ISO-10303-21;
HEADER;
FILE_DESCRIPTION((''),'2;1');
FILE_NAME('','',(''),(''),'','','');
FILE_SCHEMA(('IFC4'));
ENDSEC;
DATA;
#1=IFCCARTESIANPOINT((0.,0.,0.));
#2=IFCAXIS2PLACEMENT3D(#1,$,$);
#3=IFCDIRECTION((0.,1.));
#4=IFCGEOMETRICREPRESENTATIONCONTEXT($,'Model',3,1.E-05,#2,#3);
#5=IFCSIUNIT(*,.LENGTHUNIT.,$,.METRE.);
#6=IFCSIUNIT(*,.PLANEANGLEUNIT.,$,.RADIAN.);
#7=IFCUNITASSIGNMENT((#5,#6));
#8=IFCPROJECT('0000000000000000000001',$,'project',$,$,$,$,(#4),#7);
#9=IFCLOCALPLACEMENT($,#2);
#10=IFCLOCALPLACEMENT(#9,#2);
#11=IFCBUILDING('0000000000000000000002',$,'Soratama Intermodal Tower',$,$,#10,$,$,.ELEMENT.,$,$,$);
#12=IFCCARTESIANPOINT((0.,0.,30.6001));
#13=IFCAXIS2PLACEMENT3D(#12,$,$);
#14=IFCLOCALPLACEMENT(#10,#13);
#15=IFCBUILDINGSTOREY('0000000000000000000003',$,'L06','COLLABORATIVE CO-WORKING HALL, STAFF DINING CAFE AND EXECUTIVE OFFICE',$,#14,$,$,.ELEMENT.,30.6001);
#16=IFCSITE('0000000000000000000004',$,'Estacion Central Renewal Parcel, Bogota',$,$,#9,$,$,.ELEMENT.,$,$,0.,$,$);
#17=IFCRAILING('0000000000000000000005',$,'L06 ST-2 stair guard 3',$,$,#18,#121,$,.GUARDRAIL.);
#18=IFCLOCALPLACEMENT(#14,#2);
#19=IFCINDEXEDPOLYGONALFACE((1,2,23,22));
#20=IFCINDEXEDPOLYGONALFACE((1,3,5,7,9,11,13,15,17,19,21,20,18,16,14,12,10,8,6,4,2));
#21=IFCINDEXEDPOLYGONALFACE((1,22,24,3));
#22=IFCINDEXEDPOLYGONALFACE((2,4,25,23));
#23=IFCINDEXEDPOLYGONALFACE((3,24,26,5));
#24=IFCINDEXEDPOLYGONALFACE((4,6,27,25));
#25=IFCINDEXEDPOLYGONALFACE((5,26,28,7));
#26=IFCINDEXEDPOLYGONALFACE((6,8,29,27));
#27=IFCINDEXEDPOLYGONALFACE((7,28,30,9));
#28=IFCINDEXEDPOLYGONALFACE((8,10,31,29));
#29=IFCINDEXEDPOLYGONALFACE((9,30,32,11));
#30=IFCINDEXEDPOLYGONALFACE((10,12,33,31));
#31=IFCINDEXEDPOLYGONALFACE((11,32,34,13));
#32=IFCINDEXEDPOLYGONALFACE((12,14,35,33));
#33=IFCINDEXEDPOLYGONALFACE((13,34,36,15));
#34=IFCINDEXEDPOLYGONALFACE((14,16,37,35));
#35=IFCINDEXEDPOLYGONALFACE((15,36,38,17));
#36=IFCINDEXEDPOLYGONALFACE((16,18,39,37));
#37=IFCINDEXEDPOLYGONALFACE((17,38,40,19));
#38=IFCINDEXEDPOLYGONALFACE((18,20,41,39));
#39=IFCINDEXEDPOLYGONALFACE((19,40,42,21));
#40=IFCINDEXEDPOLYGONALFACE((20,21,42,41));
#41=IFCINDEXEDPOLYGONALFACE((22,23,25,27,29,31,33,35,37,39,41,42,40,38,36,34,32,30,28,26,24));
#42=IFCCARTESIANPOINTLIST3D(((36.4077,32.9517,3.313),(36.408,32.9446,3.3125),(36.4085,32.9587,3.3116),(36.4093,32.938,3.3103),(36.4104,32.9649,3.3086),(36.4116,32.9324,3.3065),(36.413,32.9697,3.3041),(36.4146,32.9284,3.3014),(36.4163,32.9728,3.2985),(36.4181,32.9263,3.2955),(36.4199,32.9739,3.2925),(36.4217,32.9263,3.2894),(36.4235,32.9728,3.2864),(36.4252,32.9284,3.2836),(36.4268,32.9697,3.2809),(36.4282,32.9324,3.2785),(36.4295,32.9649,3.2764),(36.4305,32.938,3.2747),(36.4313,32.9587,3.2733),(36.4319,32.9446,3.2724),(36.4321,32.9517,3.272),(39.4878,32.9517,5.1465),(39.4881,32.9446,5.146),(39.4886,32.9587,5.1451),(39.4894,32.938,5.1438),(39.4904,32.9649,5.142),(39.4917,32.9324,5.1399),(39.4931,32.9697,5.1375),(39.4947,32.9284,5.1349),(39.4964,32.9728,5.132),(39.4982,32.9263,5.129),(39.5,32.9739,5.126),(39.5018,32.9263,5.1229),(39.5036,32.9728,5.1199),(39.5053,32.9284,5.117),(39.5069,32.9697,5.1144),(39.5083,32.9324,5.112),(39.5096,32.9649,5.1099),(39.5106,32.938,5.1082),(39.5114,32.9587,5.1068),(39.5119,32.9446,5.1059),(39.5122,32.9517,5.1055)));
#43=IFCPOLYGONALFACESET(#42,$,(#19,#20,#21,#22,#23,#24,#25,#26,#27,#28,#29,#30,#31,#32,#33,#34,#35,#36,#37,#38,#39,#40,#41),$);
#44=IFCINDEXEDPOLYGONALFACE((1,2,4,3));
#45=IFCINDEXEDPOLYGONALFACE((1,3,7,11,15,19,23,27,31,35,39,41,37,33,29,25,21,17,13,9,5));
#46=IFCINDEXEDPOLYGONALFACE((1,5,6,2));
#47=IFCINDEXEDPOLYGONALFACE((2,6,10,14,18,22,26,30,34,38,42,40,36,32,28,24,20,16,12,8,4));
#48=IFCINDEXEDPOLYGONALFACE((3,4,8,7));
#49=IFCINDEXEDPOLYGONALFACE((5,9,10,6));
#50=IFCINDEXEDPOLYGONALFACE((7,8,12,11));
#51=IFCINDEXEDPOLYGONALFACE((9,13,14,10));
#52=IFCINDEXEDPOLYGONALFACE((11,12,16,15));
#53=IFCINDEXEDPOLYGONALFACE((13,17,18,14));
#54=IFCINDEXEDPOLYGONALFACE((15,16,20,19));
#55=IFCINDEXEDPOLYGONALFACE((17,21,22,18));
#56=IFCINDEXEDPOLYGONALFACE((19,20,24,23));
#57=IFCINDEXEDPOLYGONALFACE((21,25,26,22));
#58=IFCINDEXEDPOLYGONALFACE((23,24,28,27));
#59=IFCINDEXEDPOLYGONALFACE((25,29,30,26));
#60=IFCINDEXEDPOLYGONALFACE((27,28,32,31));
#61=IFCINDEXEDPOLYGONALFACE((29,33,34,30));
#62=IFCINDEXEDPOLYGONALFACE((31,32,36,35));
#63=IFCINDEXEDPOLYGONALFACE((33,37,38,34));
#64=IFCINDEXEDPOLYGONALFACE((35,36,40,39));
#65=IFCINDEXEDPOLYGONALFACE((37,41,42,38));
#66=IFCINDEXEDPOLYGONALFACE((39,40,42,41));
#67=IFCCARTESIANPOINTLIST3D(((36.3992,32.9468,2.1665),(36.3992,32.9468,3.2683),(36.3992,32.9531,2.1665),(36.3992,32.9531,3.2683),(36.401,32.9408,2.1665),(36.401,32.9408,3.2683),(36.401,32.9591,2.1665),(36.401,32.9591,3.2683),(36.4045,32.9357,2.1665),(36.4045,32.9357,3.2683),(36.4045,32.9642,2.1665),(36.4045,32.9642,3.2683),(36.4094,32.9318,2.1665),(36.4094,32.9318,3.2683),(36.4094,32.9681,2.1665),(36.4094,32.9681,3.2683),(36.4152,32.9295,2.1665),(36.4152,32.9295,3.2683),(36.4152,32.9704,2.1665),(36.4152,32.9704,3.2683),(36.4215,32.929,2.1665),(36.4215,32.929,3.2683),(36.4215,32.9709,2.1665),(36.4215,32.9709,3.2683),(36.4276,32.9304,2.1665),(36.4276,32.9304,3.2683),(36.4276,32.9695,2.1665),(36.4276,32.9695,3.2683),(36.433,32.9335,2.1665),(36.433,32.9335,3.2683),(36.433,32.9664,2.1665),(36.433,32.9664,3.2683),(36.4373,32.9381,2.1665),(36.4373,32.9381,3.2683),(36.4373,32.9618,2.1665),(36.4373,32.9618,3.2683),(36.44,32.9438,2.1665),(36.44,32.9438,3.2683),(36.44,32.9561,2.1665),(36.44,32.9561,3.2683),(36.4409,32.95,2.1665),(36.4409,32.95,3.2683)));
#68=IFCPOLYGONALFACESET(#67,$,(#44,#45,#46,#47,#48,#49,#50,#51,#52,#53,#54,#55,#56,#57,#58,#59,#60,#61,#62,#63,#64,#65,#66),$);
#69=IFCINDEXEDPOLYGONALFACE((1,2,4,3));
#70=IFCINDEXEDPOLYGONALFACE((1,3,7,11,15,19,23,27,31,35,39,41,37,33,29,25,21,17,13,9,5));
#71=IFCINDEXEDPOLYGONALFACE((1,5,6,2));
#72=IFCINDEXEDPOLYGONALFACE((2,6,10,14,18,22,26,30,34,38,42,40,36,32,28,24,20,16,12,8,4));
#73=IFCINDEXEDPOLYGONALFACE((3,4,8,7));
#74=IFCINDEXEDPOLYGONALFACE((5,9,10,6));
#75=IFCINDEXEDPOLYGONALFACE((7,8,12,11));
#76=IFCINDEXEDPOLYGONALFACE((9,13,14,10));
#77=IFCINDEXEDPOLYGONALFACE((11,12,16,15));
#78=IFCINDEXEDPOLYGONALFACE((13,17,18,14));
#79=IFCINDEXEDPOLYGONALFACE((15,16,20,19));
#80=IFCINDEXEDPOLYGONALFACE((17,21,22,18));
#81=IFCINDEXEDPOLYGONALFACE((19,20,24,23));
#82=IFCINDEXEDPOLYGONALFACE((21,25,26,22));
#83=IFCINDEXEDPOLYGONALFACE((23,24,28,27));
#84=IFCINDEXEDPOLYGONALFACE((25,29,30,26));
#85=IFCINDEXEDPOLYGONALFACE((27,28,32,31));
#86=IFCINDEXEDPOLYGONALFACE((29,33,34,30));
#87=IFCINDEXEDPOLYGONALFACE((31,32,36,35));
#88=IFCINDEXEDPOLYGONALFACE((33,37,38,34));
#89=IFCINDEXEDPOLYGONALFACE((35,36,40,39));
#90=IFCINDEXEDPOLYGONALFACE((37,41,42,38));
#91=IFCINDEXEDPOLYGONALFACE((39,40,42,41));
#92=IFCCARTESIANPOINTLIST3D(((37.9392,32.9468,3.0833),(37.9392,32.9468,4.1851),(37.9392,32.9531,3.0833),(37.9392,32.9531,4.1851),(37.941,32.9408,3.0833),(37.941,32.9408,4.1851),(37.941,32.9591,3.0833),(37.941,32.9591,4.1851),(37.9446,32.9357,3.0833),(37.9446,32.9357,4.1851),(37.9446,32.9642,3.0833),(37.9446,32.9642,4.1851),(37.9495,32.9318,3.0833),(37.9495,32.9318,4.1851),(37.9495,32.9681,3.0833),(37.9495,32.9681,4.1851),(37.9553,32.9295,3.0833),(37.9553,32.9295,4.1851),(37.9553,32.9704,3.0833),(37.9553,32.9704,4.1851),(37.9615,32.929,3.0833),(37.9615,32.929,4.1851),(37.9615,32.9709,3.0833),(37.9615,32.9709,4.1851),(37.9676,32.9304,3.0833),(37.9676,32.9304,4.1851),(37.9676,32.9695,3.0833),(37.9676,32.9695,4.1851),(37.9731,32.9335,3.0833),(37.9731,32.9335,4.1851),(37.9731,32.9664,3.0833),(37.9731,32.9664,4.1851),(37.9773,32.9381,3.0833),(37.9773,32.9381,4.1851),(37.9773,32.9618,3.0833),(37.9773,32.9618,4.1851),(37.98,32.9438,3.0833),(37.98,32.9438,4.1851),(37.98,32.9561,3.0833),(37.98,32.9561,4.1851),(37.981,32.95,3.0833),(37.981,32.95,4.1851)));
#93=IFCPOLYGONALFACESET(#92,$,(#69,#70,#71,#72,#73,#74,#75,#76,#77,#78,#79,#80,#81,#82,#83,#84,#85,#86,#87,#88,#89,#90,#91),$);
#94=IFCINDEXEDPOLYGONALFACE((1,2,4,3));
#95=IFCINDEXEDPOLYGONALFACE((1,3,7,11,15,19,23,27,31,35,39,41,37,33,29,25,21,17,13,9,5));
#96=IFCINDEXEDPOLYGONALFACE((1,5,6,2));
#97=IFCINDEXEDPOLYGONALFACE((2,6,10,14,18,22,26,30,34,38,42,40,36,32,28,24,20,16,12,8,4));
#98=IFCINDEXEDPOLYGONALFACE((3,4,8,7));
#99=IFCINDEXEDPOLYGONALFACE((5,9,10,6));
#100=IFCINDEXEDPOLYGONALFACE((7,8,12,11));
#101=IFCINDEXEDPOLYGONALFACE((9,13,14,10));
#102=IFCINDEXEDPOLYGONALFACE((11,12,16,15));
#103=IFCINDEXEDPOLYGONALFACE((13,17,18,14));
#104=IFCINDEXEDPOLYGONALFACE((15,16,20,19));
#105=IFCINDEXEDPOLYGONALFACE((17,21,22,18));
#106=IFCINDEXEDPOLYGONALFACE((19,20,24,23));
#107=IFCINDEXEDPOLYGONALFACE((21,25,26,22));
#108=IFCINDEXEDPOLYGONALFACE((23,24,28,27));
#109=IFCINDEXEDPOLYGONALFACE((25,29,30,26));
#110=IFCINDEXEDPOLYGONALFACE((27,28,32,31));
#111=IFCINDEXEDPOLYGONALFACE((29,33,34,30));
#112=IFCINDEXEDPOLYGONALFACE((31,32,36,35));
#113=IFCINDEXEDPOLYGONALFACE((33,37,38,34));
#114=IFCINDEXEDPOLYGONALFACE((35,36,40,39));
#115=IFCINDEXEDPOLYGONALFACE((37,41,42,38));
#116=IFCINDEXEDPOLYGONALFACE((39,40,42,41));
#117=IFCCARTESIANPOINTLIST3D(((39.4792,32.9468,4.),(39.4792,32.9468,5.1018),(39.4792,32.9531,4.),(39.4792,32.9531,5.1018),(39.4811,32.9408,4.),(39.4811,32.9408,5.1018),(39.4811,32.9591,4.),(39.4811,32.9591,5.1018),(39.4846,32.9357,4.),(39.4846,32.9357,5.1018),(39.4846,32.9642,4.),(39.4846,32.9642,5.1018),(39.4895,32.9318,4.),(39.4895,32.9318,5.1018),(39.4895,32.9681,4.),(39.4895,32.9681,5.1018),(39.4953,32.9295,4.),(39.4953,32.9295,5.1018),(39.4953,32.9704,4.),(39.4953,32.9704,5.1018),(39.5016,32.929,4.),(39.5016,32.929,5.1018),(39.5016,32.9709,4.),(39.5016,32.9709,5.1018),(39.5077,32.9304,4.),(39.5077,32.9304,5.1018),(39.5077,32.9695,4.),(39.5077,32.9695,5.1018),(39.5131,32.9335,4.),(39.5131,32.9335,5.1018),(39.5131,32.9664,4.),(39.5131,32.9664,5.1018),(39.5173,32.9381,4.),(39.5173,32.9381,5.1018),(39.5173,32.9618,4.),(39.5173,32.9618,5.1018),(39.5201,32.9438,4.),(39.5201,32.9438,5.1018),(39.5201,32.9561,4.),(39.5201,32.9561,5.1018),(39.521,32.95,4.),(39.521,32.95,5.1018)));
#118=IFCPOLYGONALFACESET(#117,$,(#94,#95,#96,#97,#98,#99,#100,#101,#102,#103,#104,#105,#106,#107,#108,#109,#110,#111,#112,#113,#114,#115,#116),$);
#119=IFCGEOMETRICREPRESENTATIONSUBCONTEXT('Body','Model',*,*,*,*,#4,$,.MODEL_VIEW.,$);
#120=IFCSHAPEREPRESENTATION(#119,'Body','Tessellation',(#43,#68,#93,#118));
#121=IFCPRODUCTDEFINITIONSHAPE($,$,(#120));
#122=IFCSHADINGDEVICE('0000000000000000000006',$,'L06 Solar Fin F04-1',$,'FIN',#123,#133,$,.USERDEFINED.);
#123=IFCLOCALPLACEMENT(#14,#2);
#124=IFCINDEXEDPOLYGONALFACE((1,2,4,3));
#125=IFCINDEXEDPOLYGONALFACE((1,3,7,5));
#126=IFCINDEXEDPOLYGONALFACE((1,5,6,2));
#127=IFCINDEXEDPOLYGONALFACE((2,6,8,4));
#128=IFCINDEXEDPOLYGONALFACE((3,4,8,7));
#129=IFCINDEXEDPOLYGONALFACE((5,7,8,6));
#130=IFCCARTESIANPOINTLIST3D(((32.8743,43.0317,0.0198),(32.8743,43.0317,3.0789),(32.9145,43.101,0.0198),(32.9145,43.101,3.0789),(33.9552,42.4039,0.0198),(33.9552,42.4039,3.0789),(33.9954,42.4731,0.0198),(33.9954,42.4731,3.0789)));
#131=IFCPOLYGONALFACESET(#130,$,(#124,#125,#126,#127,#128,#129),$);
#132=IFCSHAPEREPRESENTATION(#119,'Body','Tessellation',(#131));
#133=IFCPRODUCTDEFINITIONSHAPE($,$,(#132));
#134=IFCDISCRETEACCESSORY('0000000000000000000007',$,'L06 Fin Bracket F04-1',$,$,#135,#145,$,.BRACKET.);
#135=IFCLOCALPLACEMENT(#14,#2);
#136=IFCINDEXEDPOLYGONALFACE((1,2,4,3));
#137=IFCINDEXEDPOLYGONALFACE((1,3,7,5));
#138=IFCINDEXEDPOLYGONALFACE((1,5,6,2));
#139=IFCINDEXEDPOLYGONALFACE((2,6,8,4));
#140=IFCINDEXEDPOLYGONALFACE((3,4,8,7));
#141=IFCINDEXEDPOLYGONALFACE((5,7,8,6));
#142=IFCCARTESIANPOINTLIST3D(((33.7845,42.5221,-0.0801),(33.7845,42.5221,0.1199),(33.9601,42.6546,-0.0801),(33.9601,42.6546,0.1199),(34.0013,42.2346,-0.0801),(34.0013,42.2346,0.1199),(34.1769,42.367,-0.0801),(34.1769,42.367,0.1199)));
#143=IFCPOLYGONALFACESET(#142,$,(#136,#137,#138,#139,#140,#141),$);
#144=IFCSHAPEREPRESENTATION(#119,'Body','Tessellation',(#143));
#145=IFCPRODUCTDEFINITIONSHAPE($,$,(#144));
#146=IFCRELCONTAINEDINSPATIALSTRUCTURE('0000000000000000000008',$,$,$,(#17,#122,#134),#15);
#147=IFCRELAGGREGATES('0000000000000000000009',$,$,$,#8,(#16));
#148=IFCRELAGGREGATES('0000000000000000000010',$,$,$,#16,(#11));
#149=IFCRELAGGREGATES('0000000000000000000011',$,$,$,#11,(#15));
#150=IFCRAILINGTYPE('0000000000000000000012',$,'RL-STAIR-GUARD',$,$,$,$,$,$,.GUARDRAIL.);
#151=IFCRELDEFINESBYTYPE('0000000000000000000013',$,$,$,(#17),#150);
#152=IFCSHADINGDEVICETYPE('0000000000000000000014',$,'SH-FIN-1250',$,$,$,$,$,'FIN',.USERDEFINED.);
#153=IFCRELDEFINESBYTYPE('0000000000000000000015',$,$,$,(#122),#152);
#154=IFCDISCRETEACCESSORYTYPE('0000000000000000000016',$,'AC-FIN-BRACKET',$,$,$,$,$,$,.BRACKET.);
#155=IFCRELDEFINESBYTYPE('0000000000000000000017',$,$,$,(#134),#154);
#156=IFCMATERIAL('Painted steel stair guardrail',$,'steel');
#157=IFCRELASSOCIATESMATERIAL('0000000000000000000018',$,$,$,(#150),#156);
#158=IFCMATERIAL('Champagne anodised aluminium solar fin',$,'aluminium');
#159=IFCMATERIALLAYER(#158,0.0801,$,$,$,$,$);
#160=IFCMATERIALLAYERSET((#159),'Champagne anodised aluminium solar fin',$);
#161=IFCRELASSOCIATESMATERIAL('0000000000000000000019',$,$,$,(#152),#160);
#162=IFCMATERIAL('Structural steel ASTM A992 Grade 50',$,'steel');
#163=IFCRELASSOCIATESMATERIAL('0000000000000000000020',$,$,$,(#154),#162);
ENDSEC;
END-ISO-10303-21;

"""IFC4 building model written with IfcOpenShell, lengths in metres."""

from ifc_helpers import new_model, si_unit, direction, frame, origin, origin_2d, place, context, subcontext, project, spatial, rectangle, circle, extrude, material, layer, layer_set, type_object, element, save


model = new_model("IFC4")

# Units and contexts
model_context = context("Model", 3, precision=1e-05, world=origin(), true_north=direction((0.0, 1.0)))
body_context = subcontext(model_context, "Body", "Model", "MODEL_VIEW")
ifc_project = project(units=[si_unit("LENGTHUNIT", "METRE"), si_unit("PLANEANGLEUNIT", "RADIAN")], contexts=[model_context])

# Site, building, storey
site_placement = place(None, origin())
site = spatial("IfcSite", under=ifc_project, at=site_placement, Name="Estacion Central Renewal Parcel, Bogota", CompositionType="ELEMENT", RefElevation=0.0)
building_placement = place(site_placement, origin())
building = spatial("IfcBuilding", under=site, at=building_placement, Name="Soratama Intermodal Tower", CompositionType="ELEMENT")
storey_placement = place(building_placement, frame((0.0, 0.0, 30.6001)))
storey = spatial("IfcBuildingStorey", under=building, at=storey_placement, Name="L06", Description="COLLABORATIVE CO-WORKING HALL, STAFF DINING CAFE AND EXECUTIVE OFFICE", CompositionType="ELEMENT", Elevation=30.6001)

# Railing
ifc_material_1 = material(Name="Painted steel stair guardrail", Category="steel")
railing_type = type_object("IfcRailingType", Name="RL-STAIR-GUARD", PredefinedType="GUARDRAIL", material=ifc_material_1)
railing_1_placement = place(storey_placement, frame((36.4199, 32.95, 2.1665)))
element("IfcRailing", 1, at=railing_1_placement, inside=storey, type_object=railing_type, Name="L06 ST-2 stair guard 3", PredefinedType="GUARDRAIL", context=body_context, shape_type="SweptSolid", body=[
    extrude(circle(Radius=0.0239, at=origin_2d()), frame((0.0, 0.0, 1.126), z_axis=(0.859279, 0.0, 0.511508), x_axis=(0.0, 1.0, 0.0)), (0.0, 0.0, 1.0), 3.5845),
    extrude(circle(Radius=0.021, at=origin_2d()), origin(), (0.0, 0.0, 1.0), 1.1018),
    extrude(circle(Radius=0.021, at=origin_2d()), frame((1.54, 0.0, 0.9167)), (0.0, 0.0, 1.0), 1.1018),
    extrude(circle(Radius=0.021, at=origin_2d()), frame((3.0801, 0.0, 1.8335)), (0.0, 0.0, 1.0), 1.1018),
])

# Shading device
ifc_material_2 = material(Name="Champagne anodised aluminium solar fin", Category="aluminium")
ifc_layer_1 = layer(ifc_material_2, 0.0801)
ifc_layer_set_1 = layer_set([ifc_layer_1], Name="Champagne anodised aluminium solar fin")
shading_device_type = type_object("IfcShadingDeviceType", Name="SH-FIN-1250", ElementType="FIN", PredefinedType="USERDEFINED", material=ifc_layer_set_1)
shading_device_placement = place(storey_placement, frame((33.4348, 42.7524, 0.0198), z_axis=(0.0, 0.0, 1.0), x_axis=(-0.864713, 0.502266, 0.0)))
element("IfcShadingDevice", 2, at=shading_device_placement, inside=storey, type_object=shading_device_type, Name="L06 Solar Fin F04-1", ObjectType="FIN", PredefinedType="USERDEFINED", context=body_context, shape_type="SweptSolid", body=[
    extrude(rectangle(XDim=1.25, YDim=0.0801, at=origin_2d()), origin(), (0.0, 0.0, 1.0), 3.0591),
])

# Discrete accessory
ifc_material_3 = material(Name="Structural steel ASTM A992 Grade 50", Category="steel")
discrete_accessory_type = type_object("IfcDiscreteAccessoryType", Name="AC-FIN-BRACKET", PredefinedType="BRACKET", material=ifc_material_3)
discrete_accessory_placement = place(storey_placement, frame((33.9807, 42.4446, -0.0801), z_axis=(0.0, 0.0, 1.0), x_axis=(-0.602094, 0.798425, 0.0)))
element("IfcDiscreteAccessory", 3, at=discrete_accessory_placement, inside=storey, type_object=discrete_accessory_type, Name="L06 Fin Bracket F04-1", PredefinedType="BRACKET", context=body_context, shape_type="SweptSolid", body=[
    extrude(rectangle(XDim=0.3601, YDim=0.22, at=origin_2d()), origin(), (0.0, 0.0, 1.0), 0.2),
])

save(model, "model.ifc")
